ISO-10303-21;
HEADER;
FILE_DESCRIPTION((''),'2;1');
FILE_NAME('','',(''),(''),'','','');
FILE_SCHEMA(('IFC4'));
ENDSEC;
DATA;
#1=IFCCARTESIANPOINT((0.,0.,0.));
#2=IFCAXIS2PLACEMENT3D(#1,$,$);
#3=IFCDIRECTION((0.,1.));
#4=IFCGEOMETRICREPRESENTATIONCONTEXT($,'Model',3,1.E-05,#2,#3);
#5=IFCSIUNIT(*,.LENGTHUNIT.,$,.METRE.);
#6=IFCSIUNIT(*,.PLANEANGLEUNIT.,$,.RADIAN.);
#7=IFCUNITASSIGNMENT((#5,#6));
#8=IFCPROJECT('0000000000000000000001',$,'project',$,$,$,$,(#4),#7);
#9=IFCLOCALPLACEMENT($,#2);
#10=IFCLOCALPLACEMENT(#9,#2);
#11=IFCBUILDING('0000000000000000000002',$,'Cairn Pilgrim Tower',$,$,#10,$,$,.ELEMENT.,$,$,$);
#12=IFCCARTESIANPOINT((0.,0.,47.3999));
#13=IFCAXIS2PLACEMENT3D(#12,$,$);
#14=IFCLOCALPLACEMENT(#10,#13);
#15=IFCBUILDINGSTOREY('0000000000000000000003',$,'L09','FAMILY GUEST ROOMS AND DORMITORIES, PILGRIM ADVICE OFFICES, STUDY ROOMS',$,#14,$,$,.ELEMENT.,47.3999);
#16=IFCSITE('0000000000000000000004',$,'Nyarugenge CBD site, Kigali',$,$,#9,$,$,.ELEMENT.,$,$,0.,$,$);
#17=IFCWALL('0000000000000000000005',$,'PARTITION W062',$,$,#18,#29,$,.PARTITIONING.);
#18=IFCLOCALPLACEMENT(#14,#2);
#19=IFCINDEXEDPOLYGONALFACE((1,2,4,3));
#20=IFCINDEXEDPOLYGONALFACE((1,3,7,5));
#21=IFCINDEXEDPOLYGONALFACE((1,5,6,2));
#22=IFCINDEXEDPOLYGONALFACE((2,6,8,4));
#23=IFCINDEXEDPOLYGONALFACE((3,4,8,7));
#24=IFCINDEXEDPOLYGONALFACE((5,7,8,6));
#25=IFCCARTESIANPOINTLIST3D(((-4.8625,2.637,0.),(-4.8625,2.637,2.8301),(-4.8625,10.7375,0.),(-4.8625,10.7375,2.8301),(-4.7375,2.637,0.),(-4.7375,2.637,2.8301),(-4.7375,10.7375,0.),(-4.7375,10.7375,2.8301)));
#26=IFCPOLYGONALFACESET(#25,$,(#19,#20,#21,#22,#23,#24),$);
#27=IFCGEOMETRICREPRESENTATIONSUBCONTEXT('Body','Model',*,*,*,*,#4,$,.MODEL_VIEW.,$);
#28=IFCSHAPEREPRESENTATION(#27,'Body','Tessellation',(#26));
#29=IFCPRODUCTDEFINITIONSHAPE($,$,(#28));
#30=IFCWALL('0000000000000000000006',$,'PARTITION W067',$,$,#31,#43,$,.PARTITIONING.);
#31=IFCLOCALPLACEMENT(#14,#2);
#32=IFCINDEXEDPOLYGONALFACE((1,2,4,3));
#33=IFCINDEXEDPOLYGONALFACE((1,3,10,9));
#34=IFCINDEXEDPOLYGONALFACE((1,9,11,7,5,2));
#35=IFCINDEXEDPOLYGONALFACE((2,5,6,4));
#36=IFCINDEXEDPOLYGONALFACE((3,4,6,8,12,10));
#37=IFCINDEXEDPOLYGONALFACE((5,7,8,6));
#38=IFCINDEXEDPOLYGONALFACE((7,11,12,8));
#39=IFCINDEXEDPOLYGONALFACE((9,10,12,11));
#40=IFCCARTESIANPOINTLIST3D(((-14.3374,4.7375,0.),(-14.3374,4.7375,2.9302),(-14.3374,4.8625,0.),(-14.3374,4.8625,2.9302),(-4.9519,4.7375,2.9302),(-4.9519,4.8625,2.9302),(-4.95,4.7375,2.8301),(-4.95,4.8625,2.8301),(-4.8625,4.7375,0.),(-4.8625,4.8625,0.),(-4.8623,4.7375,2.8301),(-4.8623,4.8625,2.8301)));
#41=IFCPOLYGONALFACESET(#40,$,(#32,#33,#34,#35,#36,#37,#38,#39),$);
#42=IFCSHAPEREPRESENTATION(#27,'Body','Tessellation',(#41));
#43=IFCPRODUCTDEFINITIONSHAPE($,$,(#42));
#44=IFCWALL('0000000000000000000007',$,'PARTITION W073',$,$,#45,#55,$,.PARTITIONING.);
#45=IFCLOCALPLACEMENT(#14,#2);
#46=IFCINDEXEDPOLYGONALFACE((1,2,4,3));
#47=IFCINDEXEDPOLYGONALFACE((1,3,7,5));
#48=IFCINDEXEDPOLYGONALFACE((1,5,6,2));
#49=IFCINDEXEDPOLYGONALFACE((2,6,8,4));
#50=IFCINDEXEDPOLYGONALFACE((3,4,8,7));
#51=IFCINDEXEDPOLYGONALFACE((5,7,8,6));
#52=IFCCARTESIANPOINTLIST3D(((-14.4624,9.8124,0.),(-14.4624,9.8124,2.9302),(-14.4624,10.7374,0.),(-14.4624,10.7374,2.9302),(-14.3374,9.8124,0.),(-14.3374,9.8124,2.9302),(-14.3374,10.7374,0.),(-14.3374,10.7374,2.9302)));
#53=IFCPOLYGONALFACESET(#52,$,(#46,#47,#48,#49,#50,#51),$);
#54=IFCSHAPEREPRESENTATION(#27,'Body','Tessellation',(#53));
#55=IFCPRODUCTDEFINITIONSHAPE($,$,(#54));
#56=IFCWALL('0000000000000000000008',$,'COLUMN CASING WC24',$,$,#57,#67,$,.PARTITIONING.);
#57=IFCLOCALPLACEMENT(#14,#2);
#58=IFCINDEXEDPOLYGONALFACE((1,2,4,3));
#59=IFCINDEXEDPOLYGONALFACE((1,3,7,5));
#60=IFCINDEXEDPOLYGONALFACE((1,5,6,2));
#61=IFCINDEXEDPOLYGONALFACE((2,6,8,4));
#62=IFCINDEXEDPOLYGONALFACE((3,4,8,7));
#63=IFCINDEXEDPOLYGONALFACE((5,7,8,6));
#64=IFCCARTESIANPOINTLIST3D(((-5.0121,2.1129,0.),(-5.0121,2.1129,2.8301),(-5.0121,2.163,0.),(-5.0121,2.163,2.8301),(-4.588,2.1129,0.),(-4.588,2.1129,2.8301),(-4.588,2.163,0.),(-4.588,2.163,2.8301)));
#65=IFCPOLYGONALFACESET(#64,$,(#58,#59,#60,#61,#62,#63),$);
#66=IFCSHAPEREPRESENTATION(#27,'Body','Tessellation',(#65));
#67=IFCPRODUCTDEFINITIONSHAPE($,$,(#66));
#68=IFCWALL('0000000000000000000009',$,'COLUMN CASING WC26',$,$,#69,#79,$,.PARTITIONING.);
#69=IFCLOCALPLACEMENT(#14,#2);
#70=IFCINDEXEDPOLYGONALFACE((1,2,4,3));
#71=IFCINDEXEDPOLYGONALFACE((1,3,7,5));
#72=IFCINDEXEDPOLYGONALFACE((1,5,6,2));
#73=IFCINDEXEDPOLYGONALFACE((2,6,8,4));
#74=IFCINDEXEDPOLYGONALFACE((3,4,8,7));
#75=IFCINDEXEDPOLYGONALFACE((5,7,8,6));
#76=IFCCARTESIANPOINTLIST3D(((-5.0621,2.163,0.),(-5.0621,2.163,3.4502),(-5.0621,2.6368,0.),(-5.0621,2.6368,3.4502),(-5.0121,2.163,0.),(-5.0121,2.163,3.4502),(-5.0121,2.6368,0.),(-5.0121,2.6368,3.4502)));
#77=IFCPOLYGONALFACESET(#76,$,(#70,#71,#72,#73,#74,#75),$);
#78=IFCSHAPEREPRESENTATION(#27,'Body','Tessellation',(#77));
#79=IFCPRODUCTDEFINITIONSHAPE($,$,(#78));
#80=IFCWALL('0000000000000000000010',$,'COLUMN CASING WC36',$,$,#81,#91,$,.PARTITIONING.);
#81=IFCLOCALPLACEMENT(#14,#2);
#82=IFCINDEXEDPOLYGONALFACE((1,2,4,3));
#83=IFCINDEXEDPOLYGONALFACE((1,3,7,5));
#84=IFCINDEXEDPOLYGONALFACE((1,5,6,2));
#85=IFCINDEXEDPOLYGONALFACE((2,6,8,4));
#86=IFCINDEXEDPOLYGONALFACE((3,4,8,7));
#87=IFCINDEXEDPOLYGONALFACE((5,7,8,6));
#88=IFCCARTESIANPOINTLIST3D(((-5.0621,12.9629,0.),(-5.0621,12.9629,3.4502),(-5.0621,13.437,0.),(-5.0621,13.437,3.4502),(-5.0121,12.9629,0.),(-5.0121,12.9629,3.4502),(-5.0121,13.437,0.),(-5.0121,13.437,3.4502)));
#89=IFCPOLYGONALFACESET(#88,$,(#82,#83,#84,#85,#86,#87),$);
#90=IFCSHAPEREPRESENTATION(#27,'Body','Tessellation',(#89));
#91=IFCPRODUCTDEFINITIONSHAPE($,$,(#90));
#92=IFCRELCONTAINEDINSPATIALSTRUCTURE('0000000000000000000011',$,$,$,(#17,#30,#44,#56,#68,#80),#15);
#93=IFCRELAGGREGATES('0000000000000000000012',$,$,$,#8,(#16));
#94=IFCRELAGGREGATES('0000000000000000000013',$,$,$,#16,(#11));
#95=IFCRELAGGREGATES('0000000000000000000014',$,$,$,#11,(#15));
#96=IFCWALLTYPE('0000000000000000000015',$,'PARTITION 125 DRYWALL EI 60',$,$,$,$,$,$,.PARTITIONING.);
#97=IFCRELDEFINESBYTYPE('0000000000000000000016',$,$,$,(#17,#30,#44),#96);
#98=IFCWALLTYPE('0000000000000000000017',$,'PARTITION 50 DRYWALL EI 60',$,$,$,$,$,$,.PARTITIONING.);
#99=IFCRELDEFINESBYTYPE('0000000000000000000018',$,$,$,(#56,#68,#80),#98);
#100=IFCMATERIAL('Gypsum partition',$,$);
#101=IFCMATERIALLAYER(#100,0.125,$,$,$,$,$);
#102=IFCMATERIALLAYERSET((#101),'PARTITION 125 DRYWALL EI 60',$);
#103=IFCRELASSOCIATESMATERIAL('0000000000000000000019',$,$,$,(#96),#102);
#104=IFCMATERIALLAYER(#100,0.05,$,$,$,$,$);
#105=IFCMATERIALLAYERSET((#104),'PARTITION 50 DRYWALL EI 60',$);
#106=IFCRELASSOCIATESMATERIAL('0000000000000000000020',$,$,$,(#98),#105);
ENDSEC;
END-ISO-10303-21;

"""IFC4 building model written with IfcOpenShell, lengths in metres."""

from ifc_helpers import new_model, si_unit, direction, frame, frame_2d, origin, place, context, subcontext, project, spatial, polyline, rectangle, outline, extrude, material, layer, layer_set, type_object, element, save


model = new_model("IFC4")

# Units and contexts
model_context = context("Model", 3, precision=1e-05, world=origin(), true_north=direction((0.0, 1.0)))
body_context = subcontext(model_context, "Body", "Model", "MODEL_VIEW")
ifc_project = project(units=[si_unit("LENGTHUNIT", "METRE"), si_unit("PLANEANGLEUNIT", "RADIAN")], contexts=[model_context])

# Site, building, storey
site_placement = place(None, origin())
site = spatial("IfcSite", under=ifc_project, at=site_placement, Name="Nyarugenge CBD site, Kigali", CompositionType="ELEMENT", RefElevation=0.0)
building_placement = place(site_placement, origin())
building = spatial("IfcBuilding", under=site, at=building_placement, Name="Cairn Pilgrim Tower", CompositionType="ELEMENT")
storey_placement = place(building_placement, frame((0.0, 0.0, 47.3999)))
storey = spatial("IfcBuildingStorey", under=building, at=storey_placement, Name="L09", Description="FAMILY GUEST ROOMS AND DORMITORIES, PILGRIM ADVICE OFFICES, STUDY ROOMS", CompositionType="ELEMENT", Elevation=47.3999)

# Shared definitions
ifc_material_1 = material(Name="Gypsum partition")
ifc_layer_1 = layer(ifc_material_1, 0.125)
ifc_layer_set_1 = layer_set([ifc_layer_1], Name="PARTITION 125 DRYWALL EI 60")
wall_type_1 = type_object("IfcWallType", Name="PARTITION 125 DRYWALL EI 60", PredefinedType="PARTITIONING", material=ifc_layer_set_1)

# Walls
wall_1_placement = place(storey_placement, frame((-4.8, 2.637, 0.0), z_axis=(0.0, 0.0, 1.0), x_axis=(0.0, 1.0, 0.0)))
element("IfcWall", 1, at=wall_1_placement, inside=storey, type_object=wall_type_1, Name="PARTITION W062", PredefinedType="PARTITIONING", context=body_context, shape_type="SweptSolid", body=[
    extrude(rectangle(XDim=8.1006, YDim=0.125, at=frame_2d((4.0503, 0.0))), origin(), (0.0, 0.0, 1.0), 2.8301),
])
wall_2_placement = place(storey_placement, frame((-14.3374, 4.8, 0.0), z_axis=(0.0, 0.0, 1.0), x_axis=(1.0, 0.0, 0.0)))
element("IfcWall", 2, at=wall_2_placement, inside=storey, type_object=wall_type_1, Name="PARTITION W067", PredefinedType="PARTITIONING", context=body_context, shape_type="SweptSolid", body=[
    extrude(outline(polyline([(0.0, 0.0), (9.4749, 0.0), (9.4751, 2.8301), (9.3875, 2.8301), (9.3855, 2.9302), (0.0, 2.9302), (0.0, 0.0)])), frame((0.0, 0.0625, 0.0), z_axis=(0.0, -1.0, 0.0), x_axis=(1.0, 0.0, 0.0)), (0.0, 0.0, 1.0), 0.125),
])
wall_3_placement = place(storey_placement, frame((-14.3999, 9.8125, 0.0), z_axis=(0.0, 0.0, 1.0), x_axis=(0.0, 1.0, 0.0)))
element("IfcWall", 3, at=wall_3_placement, inside=storey, type_object=wall_type_1, Name="PARTITION W073", PredefinedType="PARTITIONING", context=body_context, shape_type="SweptSolid", body=[
    extrude(rectangle(XDim=0.925, YDim=0.125, at=frame_2d((0.4624, 0.0))), origin(), (0.0, 0.0, 1.0), 2.9302),
])
ifc_layer_2 = layer(ifc_material_1, 0.05)
ifc_layer_set_2 = layer_set([ifc_layer_2], Name="PARTITION 50 DRYWALL EI 60")
wall_type_2 = type_object("IfcWallType", Name="PARTITION 50 DRYWALL EI 60", PredefinedType="PARTITIONING", material=ifc_layer_set_2)
wall_4_placement = place(storey_placement, frame((-5.012, 2.1379, 0.0), z_axis=(0.0, 0.0, 1.0), x_axis=(1.0, 0.0, 0.0)))
element("IfcWall", 4, at=wall_4_placement, inside=storey, type_object=wall_type_2, Name="COLUMN CASING WC24", PredefinedType="PARTITIONING", context=body_context, shape_type="SweptSolid", body=[
    extrude(rectangle(XDim=0.4241, YDim=0.05, at=frame_2d((0.2119, 0.0))), origin(), (0.0, 0.0, 1.0), 2.8301),
])
wall_5_placement = place(storey_placement, frame((-5.0371, 2.1631, 0.0), z_axis=(0.0, 0.0, 1.0), x_axis=(0.0, 1.0, 0.0)))
element("IfcWall", 5, at=wall_5_placement, inside=storey, type_object=wall_type_2, Name="COLUMN CASING WC26", PredefinedType="PARTITIONING", context=body_context, shape_type="SweptSolid", body=[
    extrude(rectangle(XDim=0.4739, YDim=0.05, at=frame_2d((0.2368, 0.0))), origin(), (0.0, 0.0, 1.0), 3.4502),
])
wall_6_placement = place(storey_placement, frame((-5.0371, 12.9629, 0.0), z_axis=(0.0, 0.0, 1.0), x_axis=(0.0, 1.0, 0.0)))
element("IfcWall", 6, at=wall_6_placement, inside=storey, type_object=wall_type_2, Name="COLUMN CASING WC36", PredefinedType="PARTITIONING", context=body_context, shape_type="SweptSolid", body=[
    extrude(rectangle(XDim=0.4741, YDim=0.05, at=frame_2d((0.2371, 0.0))), origin(), (0.0, 0.0, 1.0), 3.4502),
])

save(model, "model.ifc")
